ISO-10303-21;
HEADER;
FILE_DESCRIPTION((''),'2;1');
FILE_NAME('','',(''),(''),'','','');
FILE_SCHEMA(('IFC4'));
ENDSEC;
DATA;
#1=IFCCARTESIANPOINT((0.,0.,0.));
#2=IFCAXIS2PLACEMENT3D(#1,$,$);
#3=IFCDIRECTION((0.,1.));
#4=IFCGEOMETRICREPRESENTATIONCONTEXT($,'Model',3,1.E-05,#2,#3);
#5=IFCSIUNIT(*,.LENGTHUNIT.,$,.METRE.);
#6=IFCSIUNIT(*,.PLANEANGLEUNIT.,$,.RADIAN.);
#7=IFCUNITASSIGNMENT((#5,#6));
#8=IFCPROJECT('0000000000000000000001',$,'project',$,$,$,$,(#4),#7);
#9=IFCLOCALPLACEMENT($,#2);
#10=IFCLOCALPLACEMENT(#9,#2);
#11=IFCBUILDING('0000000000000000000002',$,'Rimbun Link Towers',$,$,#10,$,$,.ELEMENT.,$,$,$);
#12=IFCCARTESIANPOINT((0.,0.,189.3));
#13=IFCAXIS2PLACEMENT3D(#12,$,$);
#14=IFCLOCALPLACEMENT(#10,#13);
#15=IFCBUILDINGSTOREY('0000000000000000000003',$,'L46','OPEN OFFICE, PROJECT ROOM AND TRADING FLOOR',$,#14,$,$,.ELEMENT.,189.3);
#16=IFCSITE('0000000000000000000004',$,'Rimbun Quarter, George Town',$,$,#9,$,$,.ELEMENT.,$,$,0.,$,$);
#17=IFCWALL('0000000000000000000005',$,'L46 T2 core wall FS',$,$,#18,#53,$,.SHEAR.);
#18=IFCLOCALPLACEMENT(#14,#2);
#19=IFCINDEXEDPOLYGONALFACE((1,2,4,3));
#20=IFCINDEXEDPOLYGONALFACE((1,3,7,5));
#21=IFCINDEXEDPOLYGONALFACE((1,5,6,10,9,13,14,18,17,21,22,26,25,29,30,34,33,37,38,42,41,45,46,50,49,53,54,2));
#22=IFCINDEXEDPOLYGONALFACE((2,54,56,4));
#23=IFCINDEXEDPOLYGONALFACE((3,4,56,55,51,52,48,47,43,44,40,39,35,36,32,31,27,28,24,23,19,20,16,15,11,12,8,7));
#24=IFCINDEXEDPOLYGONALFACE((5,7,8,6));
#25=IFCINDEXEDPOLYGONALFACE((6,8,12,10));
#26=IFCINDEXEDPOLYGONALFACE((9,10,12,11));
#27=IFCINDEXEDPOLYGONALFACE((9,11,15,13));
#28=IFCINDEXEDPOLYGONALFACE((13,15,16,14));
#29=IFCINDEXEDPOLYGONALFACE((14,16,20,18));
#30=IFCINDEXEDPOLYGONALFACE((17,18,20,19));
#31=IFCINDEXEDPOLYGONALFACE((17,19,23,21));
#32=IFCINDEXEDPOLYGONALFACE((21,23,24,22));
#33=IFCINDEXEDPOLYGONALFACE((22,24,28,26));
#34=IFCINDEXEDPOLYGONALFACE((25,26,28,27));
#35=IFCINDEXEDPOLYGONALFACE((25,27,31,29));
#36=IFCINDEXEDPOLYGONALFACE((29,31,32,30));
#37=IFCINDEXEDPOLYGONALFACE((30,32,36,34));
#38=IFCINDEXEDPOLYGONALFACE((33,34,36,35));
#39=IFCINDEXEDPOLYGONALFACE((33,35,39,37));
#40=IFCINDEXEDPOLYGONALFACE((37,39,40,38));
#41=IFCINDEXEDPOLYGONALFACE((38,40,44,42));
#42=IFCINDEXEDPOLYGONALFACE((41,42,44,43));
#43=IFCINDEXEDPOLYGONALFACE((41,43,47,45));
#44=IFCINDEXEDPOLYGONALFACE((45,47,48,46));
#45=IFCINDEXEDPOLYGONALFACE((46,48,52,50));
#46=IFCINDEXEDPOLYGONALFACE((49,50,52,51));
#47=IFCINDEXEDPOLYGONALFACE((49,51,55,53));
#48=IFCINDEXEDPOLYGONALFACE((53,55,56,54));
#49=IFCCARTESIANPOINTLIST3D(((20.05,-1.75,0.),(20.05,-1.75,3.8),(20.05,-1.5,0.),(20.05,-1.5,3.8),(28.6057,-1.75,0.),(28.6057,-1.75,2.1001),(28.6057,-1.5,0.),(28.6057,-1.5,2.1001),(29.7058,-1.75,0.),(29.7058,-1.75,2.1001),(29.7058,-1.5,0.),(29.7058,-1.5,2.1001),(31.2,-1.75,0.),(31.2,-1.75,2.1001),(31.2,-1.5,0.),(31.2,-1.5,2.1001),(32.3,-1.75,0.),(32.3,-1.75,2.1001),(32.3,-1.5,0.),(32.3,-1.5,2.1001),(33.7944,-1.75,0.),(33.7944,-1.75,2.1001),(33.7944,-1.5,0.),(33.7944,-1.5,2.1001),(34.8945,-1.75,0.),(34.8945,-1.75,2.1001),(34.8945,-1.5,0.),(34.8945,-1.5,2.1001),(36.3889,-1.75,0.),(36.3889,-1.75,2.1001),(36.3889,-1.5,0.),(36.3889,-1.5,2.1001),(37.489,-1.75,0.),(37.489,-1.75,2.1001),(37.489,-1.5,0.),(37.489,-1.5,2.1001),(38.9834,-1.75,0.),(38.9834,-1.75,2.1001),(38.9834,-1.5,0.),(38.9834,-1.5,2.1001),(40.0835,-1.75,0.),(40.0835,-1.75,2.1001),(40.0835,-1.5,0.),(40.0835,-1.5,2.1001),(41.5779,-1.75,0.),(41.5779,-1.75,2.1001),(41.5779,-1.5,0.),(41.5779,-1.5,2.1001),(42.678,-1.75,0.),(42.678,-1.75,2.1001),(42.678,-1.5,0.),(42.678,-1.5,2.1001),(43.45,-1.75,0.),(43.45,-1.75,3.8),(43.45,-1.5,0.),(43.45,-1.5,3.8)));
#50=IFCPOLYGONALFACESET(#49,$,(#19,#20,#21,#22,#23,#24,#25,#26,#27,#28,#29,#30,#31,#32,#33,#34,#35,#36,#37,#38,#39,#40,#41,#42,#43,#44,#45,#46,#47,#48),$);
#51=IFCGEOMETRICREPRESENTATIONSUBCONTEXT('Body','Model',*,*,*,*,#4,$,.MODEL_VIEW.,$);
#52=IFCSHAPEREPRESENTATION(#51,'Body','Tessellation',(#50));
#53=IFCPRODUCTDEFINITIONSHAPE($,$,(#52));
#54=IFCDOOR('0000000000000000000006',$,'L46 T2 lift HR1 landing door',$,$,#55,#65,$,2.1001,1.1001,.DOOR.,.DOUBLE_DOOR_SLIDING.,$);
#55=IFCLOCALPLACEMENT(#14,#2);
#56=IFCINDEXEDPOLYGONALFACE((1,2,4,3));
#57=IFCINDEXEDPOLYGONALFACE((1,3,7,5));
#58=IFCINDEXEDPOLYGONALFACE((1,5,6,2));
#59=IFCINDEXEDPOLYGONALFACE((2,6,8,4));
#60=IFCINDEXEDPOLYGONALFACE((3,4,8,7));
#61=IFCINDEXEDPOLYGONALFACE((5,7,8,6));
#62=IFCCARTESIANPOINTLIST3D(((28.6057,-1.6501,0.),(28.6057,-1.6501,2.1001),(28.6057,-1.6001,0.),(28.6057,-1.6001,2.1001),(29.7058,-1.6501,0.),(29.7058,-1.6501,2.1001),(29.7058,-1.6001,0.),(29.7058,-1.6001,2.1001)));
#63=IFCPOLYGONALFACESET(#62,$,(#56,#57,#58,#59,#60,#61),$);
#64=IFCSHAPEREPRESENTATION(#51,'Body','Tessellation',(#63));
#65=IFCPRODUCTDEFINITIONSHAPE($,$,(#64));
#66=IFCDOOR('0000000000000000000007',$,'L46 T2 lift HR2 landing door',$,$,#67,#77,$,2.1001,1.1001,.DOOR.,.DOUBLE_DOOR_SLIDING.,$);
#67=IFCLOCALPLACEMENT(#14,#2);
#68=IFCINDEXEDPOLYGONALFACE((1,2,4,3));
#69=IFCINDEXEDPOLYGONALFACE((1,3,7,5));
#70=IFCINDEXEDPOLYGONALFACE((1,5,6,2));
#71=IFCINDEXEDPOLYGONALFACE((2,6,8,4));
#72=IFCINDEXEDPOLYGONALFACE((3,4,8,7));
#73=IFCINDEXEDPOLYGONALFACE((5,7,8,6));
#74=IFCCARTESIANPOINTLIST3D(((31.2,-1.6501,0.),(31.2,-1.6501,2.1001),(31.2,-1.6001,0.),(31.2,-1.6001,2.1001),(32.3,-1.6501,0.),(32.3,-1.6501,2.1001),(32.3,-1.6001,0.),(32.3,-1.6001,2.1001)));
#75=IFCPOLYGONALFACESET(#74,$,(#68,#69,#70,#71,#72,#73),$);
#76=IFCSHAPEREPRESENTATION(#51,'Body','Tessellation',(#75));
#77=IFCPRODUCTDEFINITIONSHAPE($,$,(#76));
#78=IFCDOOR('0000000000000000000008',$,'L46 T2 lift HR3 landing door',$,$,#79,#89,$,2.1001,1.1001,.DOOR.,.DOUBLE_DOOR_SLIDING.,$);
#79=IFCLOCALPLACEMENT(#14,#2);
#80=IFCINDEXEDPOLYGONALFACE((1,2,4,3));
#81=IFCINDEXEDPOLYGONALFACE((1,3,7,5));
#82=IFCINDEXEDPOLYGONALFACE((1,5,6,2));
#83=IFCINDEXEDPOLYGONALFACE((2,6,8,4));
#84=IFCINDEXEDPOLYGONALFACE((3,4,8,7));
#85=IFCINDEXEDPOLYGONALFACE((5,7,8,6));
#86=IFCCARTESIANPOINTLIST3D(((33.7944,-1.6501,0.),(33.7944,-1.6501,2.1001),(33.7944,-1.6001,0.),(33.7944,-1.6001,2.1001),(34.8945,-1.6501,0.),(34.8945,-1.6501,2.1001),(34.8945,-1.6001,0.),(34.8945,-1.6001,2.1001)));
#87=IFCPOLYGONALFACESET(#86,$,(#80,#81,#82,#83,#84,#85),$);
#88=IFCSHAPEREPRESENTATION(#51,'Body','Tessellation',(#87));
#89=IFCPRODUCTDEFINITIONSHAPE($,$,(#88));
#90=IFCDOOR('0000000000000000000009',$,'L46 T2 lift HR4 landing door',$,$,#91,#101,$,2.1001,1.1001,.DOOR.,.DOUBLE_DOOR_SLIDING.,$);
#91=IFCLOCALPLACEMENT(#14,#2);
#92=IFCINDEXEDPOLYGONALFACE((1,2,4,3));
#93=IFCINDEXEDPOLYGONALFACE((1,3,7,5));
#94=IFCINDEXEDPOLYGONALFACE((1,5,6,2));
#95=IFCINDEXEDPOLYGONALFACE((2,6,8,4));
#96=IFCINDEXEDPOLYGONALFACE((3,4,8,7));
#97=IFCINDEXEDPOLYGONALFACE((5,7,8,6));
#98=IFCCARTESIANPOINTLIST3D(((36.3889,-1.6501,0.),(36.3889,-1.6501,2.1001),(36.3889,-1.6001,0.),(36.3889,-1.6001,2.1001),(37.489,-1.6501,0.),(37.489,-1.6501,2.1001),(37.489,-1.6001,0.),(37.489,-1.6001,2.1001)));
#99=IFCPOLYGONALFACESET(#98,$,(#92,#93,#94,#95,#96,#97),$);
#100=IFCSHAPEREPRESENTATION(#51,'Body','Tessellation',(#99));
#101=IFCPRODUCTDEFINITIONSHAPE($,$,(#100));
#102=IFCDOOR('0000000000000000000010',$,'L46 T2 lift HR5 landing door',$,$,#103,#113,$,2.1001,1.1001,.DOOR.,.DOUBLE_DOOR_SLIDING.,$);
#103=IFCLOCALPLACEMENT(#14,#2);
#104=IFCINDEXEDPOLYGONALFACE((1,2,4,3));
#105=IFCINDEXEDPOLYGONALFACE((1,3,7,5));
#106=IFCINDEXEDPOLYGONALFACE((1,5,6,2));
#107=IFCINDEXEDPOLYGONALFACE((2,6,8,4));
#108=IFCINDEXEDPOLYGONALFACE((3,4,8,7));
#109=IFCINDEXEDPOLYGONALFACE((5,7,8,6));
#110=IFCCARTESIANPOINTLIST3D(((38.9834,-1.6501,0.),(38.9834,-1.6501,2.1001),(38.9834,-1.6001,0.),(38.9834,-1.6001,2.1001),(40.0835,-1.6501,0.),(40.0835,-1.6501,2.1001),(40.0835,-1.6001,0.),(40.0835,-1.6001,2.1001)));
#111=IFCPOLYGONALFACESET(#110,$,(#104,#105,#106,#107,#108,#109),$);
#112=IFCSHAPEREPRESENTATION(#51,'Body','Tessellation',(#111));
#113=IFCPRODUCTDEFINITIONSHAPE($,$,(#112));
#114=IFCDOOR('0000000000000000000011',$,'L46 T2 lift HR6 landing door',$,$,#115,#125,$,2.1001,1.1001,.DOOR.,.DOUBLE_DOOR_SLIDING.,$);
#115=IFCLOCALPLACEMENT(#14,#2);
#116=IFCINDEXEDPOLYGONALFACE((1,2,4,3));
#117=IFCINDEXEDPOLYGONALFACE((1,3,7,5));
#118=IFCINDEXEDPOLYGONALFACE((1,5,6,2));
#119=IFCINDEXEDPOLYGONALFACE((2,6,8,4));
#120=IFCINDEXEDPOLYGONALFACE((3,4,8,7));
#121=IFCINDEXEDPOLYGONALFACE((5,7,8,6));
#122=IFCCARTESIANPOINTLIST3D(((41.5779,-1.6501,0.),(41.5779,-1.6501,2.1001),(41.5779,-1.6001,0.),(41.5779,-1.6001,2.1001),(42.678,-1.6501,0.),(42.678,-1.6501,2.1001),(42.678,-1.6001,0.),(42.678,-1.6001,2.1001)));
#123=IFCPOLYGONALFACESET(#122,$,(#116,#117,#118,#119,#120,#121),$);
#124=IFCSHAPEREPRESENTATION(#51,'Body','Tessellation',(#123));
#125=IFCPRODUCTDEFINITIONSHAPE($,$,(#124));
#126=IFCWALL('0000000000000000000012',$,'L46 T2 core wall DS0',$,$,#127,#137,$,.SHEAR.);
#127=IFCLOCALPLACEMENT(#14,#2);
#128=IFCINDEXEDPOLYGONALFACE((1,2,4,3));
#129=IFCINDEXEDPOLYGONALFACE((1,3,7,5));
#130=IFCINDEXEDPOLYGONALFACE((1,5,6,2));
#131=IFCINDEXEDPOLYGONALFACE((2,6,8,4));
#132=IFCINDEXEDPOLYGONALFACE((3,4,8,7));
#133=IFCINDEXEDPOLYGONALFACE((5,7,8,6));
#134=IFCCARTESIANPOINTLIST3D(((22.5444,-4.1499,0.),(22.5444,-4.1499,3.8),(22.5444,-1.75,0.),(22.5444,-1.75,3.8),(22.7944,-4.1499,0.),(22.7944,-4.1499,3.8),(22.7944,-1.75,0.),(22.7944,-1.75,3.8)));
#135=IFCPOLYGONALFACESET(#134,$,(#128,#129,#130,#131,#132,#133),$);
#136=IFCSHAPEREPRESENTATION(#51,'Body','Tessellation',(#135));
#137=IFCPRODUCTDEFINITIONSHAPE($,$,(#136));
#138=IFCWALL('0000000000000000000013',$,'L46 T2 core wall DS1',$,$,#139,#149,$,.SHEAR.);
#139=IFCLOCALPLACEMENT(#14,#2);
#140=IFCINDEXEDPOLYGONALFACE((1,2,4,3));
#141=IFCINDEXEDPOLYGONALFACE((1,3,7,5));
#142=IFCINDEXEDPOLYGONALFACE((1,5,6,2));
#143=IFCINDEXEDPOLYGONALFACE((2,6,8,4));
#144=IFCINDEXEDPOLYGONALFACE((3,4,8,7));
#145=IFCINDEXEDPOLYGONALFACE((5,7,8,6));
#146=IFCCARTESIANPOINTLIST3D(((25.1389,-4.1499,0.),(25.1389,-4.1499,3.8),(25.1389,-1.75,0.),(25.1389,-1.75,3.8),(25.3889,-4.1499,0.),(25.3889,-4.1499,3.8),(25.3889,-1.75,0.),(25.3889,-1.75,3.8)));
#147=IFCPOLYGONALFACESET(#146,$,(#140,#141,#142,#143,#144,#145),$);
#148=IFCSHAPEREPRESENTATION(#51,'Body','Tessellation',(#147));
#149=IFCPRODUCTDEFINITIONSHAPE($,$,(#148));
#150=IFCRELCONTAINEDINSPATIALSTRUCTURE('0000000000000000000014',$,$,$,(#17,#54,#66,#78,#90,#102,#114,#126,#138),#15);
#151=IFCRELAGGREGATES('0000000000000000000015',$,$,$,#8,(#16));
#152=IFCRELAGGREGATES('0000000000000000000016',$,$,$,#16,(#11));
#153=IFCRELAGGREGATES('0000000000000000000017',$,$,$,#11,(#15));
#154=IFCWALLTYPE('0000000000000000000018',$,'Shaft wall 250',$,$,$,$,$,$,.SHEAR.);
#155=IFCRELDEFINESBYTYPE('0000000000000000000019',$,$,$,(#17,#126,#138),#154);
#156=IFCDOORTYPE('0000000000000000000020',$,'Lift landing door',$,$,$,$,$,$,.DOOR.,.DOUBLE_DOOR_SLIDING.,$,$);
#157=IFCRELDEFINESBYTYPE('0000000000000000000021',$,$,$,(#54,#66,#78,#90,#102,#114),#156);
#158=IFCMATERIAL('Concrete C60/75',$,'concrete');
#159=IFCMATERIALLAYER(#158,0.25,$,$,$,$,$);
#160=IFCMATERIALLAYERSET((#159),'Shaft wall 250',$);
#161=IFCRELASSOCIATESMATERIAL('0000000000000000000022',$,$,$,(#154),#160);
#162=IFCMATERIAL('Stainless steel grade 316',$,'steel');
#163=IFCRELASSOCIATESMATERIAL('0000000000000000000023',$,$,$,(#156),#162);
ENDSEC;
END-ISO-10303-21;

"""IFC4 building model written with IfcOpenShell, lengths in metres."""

from ifc_helpers import new_model, si_unit, direction, frame, frame_2d, origin, place, context, subcontext, project, spatial, rectangle, extrude, material, layer, layer_set, type_object, element, fill, save


model = new_model("IFC4")

# Units and contexts
model_context = context("Model", 3, precision=1e-05, world=origin(), true_north=direction((0.0, 1.0)))
body_context = subcontext(model_context, "Body", "Model", "MODEL_VIEW")
ifc_project = project(units=[si_unit("LENGTHUNIT", "METRE"), si_unit("PLANEANGLEUNIT", "RADIAN")], contexts=[model_context])

# Site, building, storey
site_placement = place(None, origin())
site = spatial("IfcSite", under=ifc_project, at=site_placement, Name="Rimbun Quarter, George Town", CompositionType="ELEMENT", RefElevation=0.0)
building_placement = place(site_placement, origin())
building = spatial("IfcBuilding", under=site, at=building_placement, Name="Rimbun Link Towers", CompositionType="ELEMENT")
storey_placement = place(building_placement, frame((0.0, 0.0, 189.3)))
storey = spatial("IfcBuildingStorey", under=building, at=storey_placement, Name="L46", Description="OPEN OFFICE, PROJECT ROOM AND TRADING FLOOR", CompositionType="ELEMENT", Elevation=189.3)

# Shared definitions
ifc_material_1 = material(Name="Concrete C60/75", Category="concrete")
ifc_layer_1 = layer(ifc_material_1, 0.25)
ifc_layer_set_1 = layer_set([ifc_layer_1], Name="Shaft wall 250")
wall_type_1 = type_object("IfcWallType", Name="Shaft wall 250", PredefinedType="SHEAR", material=ifc_layer_set_1)

# Wall, openings, doors
wall_1_placement = place(storey_placement, frame((20.05, -1.625, 0.0), z_axis=(0.0, 0.0, 1.0), x_axis=(1.0, 0.0, 0.0)))
wall_1 = element("IfcWall", 1, at=wall_1_placement, inside=storey, type_object=wall_type_1, Name="L46 T2 core wall FS", PredefinedType="SHEAR", context=body_context, shape_type="SweptSolid", body=[
    extrude(rectangle(XDim=23.3999, YDim=0.25, at=frame_2d((11.7, 0.0))), origin(), (0.0, 0.0, 1.0), 3.8),
])
opening_1_placement = place(wall_1_placement, frame((8.5557, 0.0, 0.0)))
opening_1 = element("IfcOpeningElement", 2, at=opening_1_placement, cuts=wall_1, PredefinedType="OPENING", context=body_context, shape_type="SweptSolid", body=[
    extrude(rectangle(XDim=1.1001, YDim=2.1001, at=frame_2d((0.55, 1.05))), frame((0.0, 0.135, 0.0), z_axis=(0.0, -1.0, 0.0), x_axis=(1.0, 0.0, 0.0)), (0.0, 0.0, 1.0), 0.27),
])
opening_2_placement = place(wall_1_placement, frame((11.1499, 0.0, 0.0)))
opening_2 = element("IfcOpeningElement", 3, at=opening_2_placement, cuts=wall_1, PredefinedType="OPENING", context=body_context, shape_type="SweptSolid", body=[
    extrude(rectangle(XDim=1.1001, YDim=2.1001, at=frame_2d((0.55, 1.05))), frame((0.0, 0.135, 0.0), z_axis=(0.0, -1.0, 0.0), x_axis=(1.0, 0.0, 0.0)), (0.0, 0.0, 1.0), 0.27),
])
opening_3_placement = place(wall_1_placement, frame((13.7444, 0.0, 0.0)))
opening_3 = element("IfcOpeningElement", 4, at=opening_3_placement, cuts=wall_1, PredefinedType="OPENING", context=body_context, shape_type="SweptSolid", body=[
    extrude(rectangle(XDim=1.1001, YDim=2.1001, at=frame_2d((0.55, 1.05))), frame((0.0, 0.135, 0.0), z_axis=(0.0, -1.0, 0.0), x_axis=(1.0, 0.0, 0.0)), (0.0, 0.0, 1.0), 0.27),
])
opening_4_placement = place(wall_1_placement, frame((16.3389, 0.0, 0.0)))
opening_4 = element("IfcOpeningElement", 5, at=opening_4_placement, cuts=wall_1, PredefinedType="OPENING", context=body_context, shape_type="SweptSolid", body=[
    extrude(rectangle(XDim=1.1001, YDim=2.1001, at=frame_2d((0.55, 1.05))), frame((0.0, 0.135, 0.0), z_axis=(0.0, -1.0, 0.0), x_axis=(1.0, 0.0, 0.0)), (0.0, 0.0, 1.0), 0.27),
])
opening_5_placement = place(wall_1_placement, frame((18.9333, 0.0, 0.0)))
opening_5 = element("IfcOpeningElement", 6, at=opening_5_placement, cuts=wall_1, PredefinedType="OPENING", context=body_context, shape_type="SweptSolid", body=[
    extrude(rectangle(XDim=1.1001, YDim=2.1001, at=frame_2d((0.55, 1.05))), frame((0.0, 0.135, 0.0), z_axis=(0.0, -1.0, 0.0), x_axis=(1.0, 0.0, 0.0)), (0.0, 0.0, 1.0), 0.27),
])
opening_6_placement = place(wall_1_placement, frame((21.5278, 0.0, 0.0)))
opening_6 = element("IfcOpeningElement", 7, at=opening_6_placement, cuts=wall_1, PredefinedType="OPENING", context=body_context, shape_type="SweptSolid", body=[
    extrude(rectangle(XDim=1.1001, YDim=2.1001, at=frame_2d((0.55, 1.05))), frame((0.0, 0.135, 0.0), z_axis=(0.0, -1.0, 0.0), x_axis=(1.0, 0.0, 0.0)), (0.0, 0.0, 1.0), 0.27),
])
ifc_material_2 = material(Name="Stainless steel grade 316", Category="steel")
door_type = type_object("IfcDoorType", Name="Lift landing door", OperationType="DOUBLE_DOOR_SLIDING", PredefinedType="DOOR", material=ifc_material_2)
door_1_placement = place(opening_1_placement, origin())
door_1 = element("IfcDoor", 8, at=door_1_placement, inside=storey, type_object=door_type, Name="L46 T2 lift HR1 landing door", OperationType="DOUBLE_DOOR_SLIDING", OverallHeight=2.1001, OverallWidth=1.1001, PredefinedType="DOOR", context=body_context, shape_type="SweptSolid", body=[
    extrude(rectangle(XDim=1.1001, YDim=2.1001, at=frame_2d((0.55, 1.05))), frame((0.0, 0.0249, 0.0), z_axis=(0.0, -1.0, 0.0), x_axis=(1.0, 0.0, 0.0)), (0.0, 0.0, 1.0), 0.05),
])
fill(opening_1, door_1)
door_2_placement = place(opening_2_placement, origin())
door_2 = element("IfcDoor", 9, at=door_2_placement, inside=storey, type_object=door_type, Name="L46 T2 lift HR2 landing door", OperationType="DOUBLE_DOOR_SLIDING", OverallHeight=2.1001, OverallWidth=1.1001, PredefinedType="DOOR", context=body_context, shape_type="SweptSolid", body=[
    extrude(rectangle(XDim=1.1001, YDim=2.1001, at=frame_2d((0.55, 1.05))), frame((0.0, 0.0249, 0.0), z_axis=(0.0, -1.0, 0.0), x_axis=(1.0, 0.0, 0.0)), (0.0, 0.0, 1.0), 0.05),
])
fill(opening_2, door_2)
door_3_placement = place(opening_3_placement, origin())
door_3 = element("IfcDoor", 10, at=door_3_placement, inside=storey, type_object=door_type, Name="L46 T2 lift HR3 landing door", OperationType="DOUBLE_DOOR_SLIDING", OverallHeight=2.1001, OverallWidth=1.1001, PredefinedType="DOOR", context=body_context, shape_type="SweptSolid", body=[
    extrude(rectangle(XDim=1.1001, YDim=2.1001, at=frame_2d((0.55, 1.05))), frame((0.0, 0.0249, 0.0), z_axis=(0.0, -1.0, 0.0), x_axis=(1.0, 0.0, 0.0)), (0.0, 0.0, 1.0), 0.05),
])
fill(opening_3, door_3)
door_4_placement = place(opening_4_placement, origin())
door_4 = element("IfcDoor", 11, at=door_4_placement, inside=storey, type_object=door_type, Name="L46 T2 lift HR4 landing door", OperationType="DOUBLE_DOOR_SLIDING", OverallHeight=2.1001, OverallWidth=1.1001, PredefinedType="DOOR", context=body_context, shape_type="SweptSolid", body=[
    extrude(rectangle(XDim=1.1001, YDim=2.1001, at=frame_2d((0.55, 1.05))), frame((0.0, 0.0249, 0.0), z_axis=(0.0, -1.0, 0.0), x_axis=(1.0, 0.0, 0.0)), (0.0, 0.0, 1.0), 0.05),
])
fill(opening_4, door_4)
door_5_placement = place(opening_5_placement, origin())
door_5 = element("IfcDoor", 12, at=door_5_placement, inside=storey, type_object=door_type, Name="L46 T2 lift HR5 landing door", OperationType="DOUBLE_DOOR_SLIDING", OverallHeight=2.1001, OverallWidth=1.1001, PredefinedType="DOOR", context=body_context, shape_type="SweptSolid", body=[
    extrude(rectangle(XDim=1.1001, YDim=2.1001, at=frame_2d((0.55, 1.05))), frame((0.0, 0.0249, 0.0), z_axis=(0.0, -1.0, 0.0), x_axis=(1.0, 0.0, 0.0)), (0.0, 0.0, 1.0), 0.05),
])
fill(opening_5, door_5)
door_6_placement = place(opening_6_placement, origin())
door_6 = element("IfcDoor", 13, at=door_6_placement, inside=storey, type_object=door_type, Name="L46 T2 lift HR6 landing door", OperationType="DOUBLE_DOOR_SLIDING", OverallHeight=2.1001, OverallWidth=1.1001, PredefinedType="DOOR", context=body_context, shape_type="SweptSolid", body=[
    extrude(rectangle(XDim=1.1001, YDim=2.1001, at=frame_2d((0.55, 1.05))), frame((0.0, 0.0249, 0.0), z_axis=(0.0, -1.0, 0.0), x_axis=(1.0, 0.0, 0.0)), (0.0, 0.0, 1.0), 0.05),
])
fill(opening_6, door_6)

# Walls
for number, where, z_axis, x_axis, name in (
    (14, (22.6694, -4.1499, 0.0), (0.0, 0.0, 1.0), (0.0, 1.0, 0.0), "L46 T2 core wall DS0"),
    (15, (25.2639, -4.1499, 0.0), (0.0, 0.0, 1.0), (0.0, 1.0, 0.0), "L46 T2 core wall DS1"),
):
    element("IfcWall", number, at=place(storey_placement, frame(where, z_axis=z_axis, x_axis=x_axis)), inside=storey, type_object=wall_type_1, Name=name, PredefinedType="SHEAR", context=body_context, shape_type="SweptSolid", body=[
        extrude(rectangle(XDim=2.3999, YDim=0.25, at=frame_2d((1.2, 0.0))), origin(), (0.0, 0.0, 1.0), 3.8),
    ])

save(model, "model.ifc")
